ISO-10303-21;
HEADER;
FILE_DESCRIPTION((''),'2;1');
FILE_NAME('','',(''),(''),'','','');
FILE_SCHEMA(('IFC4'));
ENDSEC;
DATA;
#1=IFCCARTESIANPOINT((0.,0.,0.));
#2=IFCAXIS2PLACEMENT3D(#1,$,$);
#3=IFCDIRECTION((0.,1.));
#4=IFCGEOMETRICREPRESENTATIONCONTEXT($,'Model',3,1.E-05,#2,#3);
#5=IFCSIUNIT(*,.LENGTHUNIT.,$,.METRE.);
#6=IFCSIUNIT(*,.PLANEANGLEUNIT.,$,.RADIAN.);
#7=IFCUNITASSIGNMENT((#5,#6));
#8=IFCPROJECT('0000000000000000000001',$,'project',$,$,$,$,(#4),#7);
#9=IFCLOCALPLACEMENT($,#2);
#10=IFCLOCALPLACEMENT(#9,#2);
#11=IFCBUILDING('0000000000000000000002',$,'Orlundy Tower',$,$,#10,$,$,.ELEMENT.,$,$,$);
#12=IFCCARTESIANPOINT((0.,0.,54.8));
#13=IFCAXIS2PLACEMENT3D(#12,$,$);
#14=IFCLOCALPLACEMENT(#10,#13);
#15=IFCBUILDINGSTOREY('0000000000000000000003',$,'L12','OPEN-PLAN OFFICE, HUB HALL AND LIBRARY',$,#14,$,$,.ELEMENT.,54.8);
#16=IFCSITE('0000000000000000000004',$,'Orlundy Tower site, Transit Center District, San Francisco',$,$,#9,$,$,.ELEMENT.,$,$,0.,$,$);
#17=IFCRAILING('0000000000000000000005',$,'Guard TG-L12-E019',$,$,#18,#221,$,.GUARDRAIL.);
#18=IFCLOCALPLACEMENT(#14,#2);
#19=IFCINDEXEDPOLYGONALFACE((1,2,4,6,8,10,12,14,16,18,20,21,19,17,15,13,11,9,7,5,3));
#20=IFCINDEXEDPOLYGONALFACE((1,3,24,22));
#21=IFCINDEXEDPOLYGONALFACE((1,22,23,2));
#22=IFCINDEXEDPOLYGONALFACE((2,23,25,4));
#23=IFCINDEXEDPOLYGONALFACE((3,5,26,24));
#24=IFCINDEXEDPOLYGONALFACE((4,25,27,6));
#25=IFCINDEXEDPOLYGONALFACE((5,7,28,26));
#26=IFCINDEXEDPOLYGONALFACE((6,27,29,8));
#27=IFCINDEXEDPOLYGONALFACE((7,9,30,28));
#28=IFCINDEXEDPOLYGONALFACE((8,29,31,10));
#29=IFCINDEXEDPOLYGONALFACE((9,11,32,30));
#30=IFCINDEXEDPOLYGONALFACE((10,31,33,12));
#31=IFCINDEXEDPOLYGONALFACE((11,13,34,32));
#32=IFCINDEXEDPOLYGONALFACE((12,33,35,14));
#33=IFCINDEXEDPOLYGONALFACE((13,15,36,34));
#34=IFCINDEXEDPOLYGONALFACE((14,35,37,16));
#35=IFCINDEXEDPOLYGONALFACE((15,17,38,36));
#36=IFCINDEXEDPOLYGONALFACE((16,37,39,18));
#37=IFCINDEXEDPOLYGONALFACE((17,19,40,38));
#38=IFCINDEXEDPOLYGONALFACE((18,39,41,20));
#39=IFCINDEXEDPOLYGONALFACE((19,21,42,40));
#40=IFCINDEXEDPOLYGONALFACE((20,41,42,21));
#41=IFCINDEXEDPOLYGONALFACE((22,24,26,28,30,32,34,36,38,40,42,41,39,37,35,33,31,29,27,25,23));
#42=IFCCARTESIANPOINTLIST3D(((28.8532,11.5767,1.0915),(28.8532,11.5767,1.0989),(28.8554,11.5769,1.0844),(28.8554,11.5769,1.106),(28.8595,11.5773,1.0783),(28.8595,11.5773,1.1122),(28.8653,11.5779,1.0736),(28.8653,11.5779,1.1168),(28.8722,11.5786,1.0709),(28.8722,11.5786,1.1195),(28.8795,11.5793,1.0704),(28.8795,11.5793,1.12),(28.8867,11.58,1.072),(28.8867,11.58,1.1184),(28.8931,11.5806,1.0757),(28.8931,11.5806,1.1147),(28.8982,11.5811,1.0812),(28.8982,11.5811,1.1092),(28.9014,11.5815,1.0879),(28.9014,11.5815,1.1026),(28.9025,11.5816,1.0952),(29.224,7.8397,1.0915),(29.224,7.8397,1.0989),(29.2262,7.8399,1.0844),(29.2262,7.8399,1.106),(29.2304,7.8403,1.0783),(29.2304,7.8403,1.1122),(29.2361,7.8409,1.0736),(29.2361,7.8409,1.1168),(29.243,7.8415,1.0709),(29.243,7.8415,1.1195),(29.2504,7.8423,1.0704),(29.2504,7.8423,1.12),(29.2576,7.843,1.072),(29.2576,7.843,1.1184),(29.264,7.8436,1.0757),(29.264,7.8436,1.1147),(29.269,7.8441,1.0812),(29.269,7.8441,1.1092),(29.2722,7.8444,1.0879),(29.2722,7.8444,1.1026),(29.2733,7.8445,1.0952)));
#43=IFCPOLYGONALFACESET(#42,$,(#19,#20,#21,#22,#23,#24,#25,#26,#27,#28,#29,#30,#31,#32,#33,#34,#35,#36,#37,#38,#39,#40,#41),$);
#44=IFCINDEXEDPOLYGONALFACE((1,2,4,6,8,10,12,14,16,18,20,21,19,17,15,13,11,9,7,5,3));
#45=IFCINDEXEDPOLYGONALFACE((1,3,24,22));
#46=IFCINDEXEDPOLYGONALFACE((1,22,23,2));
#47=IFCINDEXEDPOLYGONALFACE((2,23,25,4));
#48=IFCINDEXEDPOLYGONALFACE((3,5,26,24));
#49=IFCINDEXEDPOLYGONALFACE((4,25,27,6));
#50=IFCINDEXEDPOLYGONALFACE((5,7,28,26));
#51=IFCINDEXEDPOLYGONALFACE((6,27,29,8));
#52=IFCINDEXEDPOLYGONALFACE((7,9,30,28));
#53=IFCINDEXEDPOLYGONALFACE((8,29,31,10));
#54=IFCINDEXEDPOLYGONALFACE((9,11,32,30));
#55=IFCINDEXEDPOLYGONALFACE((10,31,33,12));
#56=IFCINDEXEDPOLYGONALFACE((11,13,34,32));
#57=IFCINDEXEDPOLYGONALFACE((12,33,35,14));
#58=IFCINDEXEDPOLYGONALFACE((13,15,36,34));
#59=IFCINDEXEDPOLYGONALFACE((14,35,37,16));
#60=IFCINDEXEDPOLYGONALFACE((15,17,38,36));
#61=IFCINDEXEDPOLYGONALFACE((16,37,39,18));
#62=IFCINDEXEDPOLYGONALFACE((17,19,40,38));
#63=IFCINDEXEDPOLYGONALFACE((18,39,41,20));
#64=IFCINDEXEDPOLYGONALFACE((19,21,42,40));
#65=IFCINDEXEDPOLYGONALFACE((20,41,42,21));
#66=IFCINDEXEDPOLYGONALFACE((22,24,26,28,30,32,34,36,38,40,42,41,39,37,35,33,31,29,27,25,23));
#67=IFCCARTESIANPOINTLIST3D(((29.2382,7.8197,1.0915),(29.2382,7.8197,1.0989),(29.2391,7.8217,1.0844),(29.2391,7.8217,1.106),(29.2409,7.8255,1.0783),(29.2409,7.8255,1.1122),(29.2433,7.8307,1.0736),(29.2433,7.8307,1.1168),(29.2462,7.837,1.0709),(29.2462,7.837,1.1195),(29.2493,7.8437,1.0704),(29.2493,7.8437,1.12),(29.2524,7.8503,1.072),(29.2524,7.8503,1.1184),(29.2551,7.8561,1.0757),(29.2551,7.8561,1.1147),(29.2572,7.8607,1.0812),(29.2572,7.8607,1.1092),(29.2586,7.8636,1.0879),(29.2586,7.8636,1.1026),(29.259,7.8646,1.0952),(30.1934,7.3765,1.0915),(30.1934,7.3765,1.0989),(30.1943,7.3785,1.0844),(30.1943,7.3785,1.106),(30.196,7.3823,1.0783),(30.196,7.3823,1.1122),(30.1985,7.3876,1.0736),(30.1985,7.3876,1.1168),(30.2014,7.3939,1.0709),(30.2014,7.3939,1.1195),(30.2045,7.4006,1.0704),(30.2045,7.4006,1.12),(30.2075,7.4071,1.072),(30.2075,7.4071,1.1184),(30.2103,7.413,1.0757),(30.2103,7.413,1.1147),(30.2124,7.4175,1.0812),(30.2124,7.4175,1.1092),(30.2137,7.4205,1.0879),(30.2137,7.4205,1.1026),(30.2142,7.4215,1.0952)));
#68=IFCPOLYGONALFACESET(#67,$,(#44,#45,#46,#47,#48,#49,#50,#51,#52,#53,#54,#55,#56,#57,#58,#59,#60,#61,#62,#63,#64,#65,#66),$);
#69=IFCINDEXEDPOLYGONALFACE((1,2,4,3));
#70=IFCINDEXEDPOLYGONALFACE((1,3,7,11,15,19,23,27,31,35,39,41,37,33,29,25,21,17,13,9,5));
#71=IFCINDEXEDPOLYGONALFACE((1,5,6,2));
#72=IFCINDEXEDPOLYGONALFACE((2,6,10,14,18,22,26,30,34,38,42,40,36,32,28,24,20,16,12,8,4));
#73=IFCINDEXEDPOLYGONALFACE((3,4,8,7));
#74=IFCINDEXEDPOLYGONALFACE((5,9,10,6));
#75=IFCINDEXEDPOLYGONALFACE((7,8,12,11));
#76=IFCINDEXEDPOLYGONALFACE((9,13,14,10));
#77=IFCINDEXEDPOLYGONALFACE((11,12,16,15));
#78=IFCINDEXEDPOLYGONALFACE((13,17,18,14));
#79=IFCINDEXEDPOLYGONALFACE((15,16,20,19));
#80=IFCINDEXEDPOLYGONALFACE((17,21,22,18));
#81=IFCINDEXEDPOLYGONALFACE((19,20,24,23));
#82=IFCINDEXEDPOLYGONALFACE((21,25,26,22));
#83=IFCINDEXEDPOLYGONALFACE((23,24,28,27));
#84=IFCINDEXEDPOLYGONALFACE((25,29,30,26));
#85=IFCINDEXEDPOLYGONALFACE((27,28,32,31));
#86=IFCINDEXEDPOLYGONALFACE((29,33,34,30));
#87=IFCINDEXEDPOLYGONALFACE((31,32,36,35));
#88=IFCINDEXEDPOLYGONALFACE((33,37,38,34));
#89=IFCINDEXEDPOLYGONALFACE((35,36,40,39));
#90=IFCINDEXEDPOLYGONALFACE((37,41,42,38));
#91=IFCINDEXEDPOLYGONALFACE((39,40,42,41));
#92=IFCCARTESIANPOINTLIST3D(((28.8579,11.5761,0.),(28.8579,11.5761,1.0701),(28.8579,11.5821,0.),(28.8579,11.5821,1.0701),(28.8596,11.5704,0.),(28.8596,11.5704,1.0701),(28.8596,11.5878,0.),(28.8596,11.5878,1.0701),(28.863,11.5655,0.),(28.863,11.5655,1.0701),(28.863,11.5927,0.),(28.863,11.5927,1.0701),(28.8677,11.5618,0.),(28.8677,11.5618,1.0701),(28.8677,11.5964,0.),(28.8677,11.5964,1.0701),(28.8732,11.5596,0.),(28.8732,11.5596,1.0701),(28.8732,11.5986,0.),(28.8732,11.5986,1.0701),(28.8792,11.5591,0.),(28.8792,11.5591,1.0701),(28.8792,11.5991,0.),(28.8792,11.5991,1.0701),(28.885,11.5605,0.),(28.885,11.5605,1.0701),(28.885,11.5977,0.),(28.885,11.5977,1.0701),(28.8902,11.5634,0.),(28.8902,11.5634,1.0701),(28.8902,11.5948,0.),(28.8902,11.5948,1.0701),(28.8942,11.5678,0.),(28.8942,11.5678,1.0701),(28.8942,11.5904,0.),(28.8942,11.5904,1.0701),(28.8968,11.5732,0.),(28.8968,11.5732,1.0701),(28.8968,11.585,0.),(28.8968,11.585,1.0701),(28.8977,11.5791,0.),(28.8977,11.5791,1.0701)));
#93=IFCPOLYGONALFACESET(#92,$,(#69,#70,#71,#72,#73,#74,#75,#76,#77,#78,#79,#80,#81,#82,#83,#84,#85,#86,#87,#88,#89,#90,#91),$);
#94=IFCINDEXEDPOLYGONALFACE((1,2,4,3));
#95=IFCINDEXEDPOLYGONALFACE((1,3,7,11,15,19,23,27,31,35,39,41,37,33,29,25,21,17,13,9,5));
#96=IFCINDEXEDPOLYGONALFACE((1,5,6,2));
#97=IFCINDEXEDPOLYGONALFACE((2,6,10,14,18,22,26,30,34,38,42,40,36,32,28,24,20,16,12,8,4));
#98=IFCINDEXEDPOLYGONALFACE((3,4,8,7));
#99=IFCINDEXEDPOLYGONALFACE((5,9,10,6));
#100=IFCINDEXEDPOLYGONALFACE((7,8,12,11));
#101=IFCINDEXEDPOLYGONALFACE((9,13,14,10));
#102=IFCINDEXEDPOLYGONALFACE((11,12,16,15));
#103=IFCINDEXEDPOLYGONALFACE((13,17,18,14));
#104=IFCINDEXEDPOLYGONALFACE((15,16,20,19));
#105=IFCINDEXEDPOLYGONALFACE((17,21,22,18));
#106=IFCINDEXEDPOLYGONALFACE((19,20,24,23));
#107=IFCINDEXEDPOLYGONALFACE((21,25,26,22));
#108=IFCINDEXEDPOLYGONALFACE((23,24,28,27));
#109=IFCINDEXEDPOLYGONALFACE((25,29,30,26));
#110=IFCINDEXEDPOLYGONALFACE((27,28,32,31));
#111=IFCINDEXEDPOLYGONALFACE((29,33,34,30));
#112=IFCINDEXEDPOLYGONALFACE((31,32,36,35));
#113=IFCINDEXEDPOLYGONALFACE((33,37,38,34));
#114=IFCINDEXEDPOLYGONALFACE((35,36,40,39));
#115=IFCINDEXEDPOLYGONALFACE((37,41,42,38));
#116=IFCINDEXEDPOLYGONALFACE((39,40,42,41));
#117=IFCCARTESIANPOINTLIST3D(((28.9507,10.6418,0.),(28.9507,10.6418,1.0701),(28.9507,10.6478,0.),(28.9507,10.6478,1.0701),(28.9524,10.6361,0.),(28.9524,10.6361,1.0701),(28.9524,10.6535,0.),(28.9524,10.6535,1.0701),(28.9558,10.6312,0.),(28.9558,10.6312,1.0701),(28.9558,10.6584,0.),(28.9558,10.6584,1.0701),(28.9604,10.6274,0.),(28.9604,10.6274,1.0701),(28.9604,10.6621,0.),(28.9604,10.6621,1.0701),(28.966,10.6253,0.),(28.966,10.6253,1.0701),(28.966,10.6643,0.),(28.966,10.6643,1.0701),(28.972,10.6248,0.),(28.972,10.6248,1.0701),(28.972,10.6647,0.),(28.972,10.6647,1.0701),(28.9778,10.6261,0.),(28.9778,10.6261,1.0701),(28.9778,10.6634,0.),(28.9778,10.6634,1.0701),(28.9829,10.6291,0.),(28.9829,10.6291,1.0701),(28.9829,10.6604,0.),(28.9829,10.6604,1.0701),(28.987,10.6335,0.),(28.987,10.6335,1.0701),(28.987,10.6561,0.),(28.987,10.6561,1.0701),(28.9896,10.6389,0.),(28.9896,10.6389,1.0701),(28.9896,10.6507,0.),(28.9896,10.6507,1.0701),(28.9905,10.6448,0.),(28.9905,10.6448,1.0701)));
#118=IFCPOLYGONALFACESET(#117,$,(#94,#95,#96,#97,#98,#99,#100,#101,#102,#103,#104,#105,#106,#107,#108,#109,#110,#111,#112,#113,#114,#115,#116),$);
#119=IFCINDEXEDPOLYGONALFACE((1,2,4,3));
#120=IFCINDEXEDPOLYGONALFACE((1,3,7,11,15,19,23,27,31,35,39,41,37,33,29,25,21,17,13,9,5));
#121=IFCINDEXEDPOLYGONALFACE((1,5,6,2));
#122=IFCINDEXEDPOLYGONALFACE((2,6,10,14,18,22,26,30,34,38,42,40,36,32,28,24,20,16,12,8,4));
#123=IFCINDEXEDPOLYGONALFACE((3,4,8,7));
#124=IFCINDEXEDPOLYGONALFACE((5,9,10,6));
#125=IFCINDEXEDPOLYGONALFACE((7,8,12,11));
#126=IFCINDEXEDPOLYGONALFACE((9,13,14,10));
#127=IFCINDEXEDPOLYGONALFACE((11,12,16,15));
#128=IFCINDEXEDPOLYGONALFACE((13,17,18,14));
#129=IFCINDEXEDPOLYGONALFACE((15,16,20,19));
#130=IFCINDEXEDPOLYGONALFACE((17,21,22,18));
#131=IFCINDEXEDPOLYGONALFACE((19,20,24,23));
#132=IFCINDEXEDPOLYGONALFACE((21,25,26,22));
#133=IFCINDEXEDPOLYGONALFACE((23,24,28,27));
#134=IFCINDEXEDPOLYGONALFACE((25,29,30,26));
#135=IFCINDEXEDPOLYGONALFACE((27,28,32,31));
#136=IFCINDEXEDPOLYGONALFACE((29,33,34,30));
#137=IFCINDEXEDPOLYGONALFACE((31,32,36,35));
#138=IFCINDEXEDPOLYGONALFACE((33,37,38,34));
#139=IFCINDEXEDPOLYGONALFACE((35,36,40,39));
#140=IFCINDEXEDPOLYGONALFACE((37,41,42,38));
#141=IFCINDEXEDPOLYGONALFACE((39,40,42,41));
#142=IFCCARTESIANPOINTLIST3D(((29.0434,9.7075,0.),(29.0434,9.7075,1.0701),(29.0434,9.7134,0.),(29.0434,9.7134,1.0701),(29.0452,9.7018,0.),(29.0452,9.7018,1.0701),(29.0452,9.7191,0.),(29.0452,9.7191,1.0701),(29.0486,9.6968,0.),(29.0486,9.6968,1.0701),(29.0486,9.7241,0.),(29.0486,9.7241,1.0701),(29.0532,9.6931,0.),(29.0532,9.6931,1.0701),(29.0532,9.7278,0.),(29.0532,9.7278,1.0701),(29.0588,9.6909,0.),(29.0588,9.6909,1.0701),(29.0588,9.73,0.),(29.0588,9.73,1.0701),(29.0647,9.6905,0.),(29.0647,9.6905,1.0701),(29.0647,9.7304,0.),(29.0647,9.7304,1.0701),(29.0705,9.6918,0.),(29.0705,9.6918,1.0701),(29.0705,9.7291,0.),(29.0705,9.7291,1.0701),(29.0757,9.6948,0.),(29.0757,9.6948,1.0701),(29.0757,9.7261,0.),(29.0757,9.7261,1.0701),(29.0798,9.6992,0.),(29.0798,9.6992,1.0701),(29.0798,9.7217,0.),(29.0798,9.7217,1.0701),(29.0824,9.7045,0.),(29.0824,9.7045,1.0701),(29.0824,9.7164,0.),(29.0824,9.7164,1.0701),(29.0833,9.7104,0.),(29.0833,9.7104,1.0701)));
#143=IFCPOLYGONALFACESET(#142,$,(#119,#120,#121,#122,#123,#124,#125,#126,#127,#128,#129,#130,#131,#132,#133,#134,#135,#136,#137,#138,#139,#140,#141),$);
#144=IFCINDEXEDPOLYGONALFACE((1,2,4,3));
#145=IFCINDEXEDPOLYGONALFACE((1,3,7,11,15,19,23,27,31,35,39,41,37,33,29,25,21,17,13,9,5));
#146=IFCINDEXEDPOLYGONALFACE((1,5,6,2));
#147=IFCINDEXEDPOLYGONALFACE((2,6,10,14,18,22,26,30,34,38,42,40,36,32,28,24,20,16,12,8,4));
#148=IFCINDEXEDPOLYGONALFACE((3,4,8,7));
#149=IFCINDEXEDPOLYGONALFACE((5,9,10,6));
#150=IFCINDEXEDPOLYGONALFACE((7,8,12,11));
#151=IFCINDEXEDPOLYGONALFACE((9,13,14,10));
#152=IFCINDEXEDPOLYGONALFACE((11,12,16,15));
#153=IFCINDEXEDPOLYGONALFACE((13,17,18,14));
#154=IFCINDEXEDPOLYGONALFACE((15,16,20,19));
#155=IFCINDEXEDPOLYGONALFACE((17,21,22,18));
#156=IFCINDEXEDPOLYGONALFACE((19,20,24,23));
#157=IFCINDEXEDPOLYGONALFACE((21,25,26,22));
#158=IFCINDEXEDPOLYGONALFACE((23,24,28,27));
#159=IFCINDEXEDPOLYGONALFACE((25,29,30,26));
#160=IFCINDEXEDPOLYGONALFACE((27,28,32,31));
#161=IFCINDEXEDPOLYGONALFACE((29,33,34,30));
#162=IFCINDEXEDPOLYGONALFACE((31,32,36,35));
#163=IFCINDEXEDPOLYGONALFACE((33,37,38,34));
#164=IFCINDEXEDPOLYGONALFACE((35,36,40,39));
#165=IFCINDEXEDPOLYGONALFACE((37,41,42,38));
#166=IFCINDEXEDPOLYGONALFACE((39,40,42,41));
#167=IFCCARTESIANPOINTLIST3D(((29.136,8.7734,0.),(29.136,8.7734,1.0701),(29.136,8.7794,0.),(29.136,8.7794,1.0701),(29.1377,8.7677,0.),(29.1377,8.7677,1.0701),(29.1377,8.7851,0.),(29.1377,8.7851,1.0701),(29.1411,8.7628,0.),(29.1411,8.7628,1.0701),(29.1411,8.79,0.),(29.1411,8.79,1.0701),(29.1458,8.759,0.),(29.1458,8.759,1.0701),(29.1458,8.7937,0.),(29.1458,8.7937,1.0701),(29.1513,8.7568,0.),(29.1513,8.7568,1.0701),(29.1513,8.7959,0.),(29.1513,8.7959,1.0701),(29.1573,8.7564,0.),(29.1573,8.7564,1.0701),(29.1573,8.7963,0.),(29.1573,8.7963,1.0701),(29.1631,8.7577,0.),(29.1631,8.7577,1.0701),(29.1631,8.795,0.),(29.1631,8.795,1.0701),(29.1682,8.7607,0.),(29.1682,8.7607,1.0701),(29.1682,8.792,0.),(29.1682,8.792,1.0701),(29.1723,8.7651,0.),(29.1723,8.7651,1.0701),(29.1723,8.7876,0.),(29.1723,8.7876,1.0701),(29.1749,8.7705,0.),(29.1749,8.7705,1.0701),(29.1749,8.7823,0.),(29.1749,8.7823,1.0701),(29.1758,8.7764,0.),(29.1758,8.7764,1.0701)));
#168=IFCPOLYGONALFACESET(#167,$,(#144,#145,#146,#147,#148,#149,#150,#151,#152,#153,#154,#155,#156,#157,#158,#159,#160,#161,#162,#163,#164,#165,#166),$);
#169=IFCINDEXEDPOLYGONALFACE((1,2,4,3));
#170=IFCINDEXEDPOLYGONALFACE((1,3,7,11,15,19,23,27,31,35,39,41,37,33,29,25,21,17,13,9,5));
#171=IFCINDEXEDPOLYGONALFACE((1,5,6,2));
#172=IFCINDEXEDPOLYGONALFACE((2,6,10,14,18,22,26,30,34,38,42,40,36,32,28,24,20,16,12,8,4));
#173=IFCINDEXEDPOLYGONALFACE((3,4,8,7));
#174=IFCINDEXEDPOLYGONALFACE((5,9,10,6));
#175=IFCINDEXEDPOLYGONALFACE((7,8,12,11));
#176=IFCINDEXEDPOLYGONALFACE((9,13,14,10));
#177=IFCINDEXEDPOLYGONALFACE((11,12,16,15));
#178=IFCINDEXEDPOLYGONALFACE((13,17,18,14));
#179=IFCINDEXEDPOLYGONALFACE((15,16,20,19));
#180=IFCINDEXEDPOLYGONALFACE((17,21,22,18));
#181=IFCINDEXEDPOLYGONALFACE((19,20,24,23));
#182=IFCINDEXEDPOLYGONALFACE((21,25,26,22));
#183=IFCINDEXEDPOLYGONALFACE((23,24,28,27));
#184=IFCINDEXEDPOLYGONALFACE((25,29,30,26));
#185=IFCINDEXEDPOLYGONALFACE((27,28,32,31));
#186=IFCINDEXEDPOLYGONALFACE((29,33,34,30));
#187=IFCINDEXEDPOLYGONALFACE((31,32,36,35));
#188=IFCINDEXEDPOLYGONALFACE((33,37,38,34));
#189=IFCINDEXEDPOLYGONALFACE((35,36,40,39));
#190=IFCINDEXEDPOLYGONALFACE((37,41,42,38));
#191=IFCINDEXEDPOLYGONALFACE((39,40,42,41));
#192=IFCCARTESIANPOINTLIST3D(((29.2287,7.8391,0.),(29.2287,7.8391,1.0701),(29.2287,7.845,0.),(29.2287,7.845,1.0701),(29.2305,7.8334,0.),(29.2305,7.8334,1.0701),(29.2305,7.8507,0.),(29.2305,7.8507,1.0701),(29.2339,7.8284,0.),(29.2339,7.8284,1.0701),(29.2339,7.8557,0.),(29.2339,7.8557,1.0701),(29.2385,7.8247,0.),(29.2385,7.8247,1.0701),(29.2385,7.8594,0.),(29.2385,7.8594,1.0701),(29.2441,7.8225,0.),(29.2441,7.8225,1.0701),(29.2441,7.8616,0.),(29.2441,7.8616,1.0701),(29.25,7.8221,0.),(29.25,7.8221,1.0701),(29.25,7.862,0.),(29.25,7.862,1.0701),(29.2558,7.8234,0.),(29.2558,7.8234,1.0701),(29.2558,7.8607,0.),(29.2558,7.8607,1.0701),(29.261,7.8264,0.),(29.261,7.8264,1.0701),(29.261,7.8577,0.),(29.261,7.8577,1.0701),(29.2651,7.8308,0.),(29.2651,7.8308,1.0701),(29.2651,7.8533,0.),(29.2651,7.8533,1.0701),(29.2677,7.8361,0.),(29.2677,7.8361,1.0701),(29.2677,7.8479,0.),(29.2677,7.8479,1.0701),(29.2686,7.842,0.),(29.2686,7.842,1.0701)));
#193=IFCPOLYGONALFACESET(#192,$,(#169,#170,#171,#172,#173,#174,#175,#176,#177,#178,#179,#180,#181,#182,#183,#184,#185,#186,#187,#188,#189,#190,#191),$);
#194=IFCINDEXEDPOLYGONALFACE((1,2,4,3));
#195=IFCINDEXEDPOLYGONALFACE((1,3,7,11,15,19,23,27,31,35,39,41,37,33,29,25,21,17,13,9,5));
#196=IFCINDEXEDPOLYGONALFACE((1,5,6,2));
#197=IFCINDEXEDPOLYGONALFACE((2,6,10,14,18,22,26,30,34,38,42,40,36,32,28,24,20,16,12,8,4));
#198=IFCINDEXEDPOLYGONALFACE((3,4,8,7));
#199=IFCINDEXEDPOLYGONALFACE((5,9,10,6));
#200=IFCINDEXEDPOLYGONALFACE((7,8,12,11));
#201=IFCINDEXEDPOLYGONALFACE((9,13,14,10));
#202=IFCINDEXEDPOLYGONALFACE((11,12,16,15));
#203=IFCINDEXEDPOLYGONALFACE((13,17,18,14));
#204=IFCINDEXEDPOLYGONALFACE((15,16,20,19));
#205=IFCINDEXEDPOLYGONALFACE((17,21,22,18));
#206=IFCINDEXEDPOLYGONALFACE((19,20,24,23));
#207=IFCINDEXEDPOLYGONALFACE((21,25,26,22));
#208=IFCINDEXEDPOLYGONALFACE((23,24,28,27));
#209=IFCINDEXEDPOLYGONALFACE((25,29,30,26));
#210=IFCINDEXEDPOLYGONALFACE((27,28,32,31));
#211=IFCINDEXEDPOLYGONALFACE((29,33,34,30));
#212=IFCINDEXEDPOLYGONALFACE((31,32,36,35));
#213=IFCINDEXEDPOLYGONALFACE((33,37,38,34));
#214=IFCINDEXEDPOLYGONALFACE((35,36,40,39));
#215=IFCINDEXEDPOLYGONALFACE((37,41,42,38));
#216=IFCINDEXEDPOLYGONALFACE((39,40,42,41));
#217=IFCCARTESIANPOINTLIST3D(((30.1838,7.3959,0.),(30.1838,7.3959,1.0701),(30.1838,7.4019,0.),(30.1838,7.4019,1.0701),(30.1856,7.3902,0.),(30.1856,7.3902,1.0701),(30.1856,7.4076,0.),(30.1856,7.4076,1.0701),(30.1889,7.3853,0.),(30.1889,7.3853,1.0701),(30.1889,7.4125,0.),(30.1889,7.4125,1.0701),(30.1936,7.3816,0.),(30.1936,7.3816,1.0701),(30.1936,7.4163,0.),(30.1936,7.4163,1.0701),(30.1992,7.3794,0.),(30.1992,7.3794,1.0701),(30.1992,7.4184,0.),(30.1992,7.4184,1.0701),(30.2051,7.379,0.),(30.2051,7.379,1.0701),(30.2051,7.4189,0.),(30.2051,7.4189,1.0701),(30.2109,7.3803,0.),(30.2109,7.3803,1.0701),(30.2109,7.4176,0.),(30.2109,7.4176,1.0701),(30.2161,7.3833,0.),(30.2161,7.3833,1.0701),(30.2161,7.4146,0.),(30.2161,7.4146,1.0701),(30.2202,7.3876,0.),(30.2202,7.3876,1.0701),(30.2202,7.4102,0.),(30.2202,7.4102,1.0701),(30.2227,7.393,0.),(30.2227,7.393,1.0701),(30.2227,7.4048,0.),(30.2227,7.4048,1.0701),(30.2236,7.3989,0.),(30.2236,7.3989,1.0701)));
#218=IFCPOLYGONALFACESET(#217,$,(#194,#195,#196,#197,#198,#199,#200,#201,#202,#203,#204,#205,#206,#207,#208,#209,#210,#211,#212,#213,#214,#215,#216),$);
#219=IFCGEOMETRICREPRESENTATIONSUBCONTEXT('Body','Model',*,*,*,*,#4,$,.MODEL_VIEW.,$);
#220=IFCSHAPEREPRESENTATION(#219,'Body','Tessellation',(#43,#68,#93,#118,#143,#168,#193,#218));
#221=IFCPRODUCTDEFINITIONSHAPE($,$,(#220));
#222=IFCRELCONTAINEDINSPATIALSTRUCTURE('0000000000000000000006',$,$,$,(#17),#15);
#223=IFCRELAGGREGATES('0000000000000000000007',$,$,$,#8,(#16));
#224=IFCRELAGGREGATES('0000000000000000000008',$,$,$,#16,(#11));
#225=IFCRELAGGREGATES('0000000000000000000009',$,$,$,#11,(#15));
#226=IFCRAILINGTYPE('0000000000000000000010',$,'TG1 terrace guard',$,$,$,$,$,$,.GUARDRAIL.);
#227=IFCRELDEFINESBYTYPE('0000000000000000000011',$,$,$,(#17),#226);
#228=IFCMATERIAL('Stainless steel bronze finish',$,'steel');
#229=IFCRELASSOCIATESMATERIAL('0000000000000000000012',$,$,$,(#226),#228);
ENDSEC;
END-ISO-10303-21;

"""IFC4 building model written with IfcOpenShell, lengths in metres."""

from ifc_helpers import new_model, si_unit, direction, frame, origin, origin_2d, place, context, subcontext, project, spatial, circle, extrude, material, type_object, element, save


model = new_model("IFC4")

# Units and contexts
model_context = context("Model", 3, precision=1e-05, world=origin(), true_north=direction((0.0, 1.0)))
body_context = subcontext(model_context, "Body", "Model", "MODEL_VIEW")
ifc_project = project(units=[si_unit("LENGTHUNIT", "METRE"), si_unit("PLANEANGLEUNIT", "RADIAN")], contexts=[model_context])

# Site, building, storey
site_placement = place(None, origin())
site = spatial("IfcSite", under=ifc_project, at=site_placement, Name="Orlundy Tower site, Transit Center District, San Francisco", CompositionType="ELEMENT", RefElevation=0.0)
building_placement = place(site_placement, origin())
building = spatial("IfcBuilding", under=site, at=building_placement, Name="Orlundy Tower", CompositionType="ELEMENT")
storey_placement = place(building_placement, frame((0.0, 0.0, 54.8)))
storey = spatial("IfcBuildingStorey", under=building, at=storey_placement, Name="L12", Description="OPEN-PLAN OFFICE, HUB HALL AND LIBRARY", CompositionType="ELEMENT", Elevation=54.8)

# Railing
ifc_material_1 = material(Name="Stainless steel bronze finish", Category="steel")
railing_type = type_object("IfcRailingType", Name="TG1 terrace guard", PredefinedType="GUARDRAIL", material=ifc_material_1)
railing_1_placement = place(storey_placement, frame((28.8777, 11.5791, 0.0)))
element("IfcRailing", 1, at=railing_1_placement, inside=storey, type_object=railing_type, Name="Guard TG-L12-E019", PredefinedType="GUARDRAIL", context=body_context, shape_type="SweptSolid", body=[
    extrude(circle(Radius=0.0249, at=origin_2d()), frame((0.0, 0.0, 1.0952), z_axis=(0.098751, -0.995112, 0.0), x_axis=(0.995112, 0.098751, 0.0)), (0.0, 0.0, 1.0), 3.7554),
    extrude(circle(Radius=0.0249, at=origin_2d()), frame((0.3708, -3.7371, 1.0952), z_axis=(0.907123, -0.420866, 0.0), x_axis=(0.420866, 0.907123, 0.0)), (0.0, 0.0, 1.0), 1.053),
    extrude(circle(Radius=0.02, at=origin_2d()), origin(), (0.0, 0.0, 1.0), 1.0701),
    extrude(circle(Radius=0.02, at=origin_2d()), frame((0.0928, -0.9343, 0.0)), (0.0, 0.0, 1.0), 1.0701),
    extrude(circle(Radius=0.02, at=origin_2d()), frame((0.1855, -1.8687, 0.0)), (0.0, 0.0, 1.0), 1.0701),
    extrude(circle(Radius=0.02, at=origin_2d()), frame((0.2781, -2.8027, 0.0)), (0.0, 0.0, 1.0), 1.0701),
    extrude(circle(Radius=0.02, at=origin_2d()), frame((0.3708, -3.7371, 0.0)), (0.0, 0.0, 1.0), 1.0701),
    extrude(circle(Radius=0.02, at=origin_2d()), frame((1.3259, -4.1802, 0.0)), (0.0, 0.0, 1.0), 1.0701),
])

save(model, "model.ifc")
